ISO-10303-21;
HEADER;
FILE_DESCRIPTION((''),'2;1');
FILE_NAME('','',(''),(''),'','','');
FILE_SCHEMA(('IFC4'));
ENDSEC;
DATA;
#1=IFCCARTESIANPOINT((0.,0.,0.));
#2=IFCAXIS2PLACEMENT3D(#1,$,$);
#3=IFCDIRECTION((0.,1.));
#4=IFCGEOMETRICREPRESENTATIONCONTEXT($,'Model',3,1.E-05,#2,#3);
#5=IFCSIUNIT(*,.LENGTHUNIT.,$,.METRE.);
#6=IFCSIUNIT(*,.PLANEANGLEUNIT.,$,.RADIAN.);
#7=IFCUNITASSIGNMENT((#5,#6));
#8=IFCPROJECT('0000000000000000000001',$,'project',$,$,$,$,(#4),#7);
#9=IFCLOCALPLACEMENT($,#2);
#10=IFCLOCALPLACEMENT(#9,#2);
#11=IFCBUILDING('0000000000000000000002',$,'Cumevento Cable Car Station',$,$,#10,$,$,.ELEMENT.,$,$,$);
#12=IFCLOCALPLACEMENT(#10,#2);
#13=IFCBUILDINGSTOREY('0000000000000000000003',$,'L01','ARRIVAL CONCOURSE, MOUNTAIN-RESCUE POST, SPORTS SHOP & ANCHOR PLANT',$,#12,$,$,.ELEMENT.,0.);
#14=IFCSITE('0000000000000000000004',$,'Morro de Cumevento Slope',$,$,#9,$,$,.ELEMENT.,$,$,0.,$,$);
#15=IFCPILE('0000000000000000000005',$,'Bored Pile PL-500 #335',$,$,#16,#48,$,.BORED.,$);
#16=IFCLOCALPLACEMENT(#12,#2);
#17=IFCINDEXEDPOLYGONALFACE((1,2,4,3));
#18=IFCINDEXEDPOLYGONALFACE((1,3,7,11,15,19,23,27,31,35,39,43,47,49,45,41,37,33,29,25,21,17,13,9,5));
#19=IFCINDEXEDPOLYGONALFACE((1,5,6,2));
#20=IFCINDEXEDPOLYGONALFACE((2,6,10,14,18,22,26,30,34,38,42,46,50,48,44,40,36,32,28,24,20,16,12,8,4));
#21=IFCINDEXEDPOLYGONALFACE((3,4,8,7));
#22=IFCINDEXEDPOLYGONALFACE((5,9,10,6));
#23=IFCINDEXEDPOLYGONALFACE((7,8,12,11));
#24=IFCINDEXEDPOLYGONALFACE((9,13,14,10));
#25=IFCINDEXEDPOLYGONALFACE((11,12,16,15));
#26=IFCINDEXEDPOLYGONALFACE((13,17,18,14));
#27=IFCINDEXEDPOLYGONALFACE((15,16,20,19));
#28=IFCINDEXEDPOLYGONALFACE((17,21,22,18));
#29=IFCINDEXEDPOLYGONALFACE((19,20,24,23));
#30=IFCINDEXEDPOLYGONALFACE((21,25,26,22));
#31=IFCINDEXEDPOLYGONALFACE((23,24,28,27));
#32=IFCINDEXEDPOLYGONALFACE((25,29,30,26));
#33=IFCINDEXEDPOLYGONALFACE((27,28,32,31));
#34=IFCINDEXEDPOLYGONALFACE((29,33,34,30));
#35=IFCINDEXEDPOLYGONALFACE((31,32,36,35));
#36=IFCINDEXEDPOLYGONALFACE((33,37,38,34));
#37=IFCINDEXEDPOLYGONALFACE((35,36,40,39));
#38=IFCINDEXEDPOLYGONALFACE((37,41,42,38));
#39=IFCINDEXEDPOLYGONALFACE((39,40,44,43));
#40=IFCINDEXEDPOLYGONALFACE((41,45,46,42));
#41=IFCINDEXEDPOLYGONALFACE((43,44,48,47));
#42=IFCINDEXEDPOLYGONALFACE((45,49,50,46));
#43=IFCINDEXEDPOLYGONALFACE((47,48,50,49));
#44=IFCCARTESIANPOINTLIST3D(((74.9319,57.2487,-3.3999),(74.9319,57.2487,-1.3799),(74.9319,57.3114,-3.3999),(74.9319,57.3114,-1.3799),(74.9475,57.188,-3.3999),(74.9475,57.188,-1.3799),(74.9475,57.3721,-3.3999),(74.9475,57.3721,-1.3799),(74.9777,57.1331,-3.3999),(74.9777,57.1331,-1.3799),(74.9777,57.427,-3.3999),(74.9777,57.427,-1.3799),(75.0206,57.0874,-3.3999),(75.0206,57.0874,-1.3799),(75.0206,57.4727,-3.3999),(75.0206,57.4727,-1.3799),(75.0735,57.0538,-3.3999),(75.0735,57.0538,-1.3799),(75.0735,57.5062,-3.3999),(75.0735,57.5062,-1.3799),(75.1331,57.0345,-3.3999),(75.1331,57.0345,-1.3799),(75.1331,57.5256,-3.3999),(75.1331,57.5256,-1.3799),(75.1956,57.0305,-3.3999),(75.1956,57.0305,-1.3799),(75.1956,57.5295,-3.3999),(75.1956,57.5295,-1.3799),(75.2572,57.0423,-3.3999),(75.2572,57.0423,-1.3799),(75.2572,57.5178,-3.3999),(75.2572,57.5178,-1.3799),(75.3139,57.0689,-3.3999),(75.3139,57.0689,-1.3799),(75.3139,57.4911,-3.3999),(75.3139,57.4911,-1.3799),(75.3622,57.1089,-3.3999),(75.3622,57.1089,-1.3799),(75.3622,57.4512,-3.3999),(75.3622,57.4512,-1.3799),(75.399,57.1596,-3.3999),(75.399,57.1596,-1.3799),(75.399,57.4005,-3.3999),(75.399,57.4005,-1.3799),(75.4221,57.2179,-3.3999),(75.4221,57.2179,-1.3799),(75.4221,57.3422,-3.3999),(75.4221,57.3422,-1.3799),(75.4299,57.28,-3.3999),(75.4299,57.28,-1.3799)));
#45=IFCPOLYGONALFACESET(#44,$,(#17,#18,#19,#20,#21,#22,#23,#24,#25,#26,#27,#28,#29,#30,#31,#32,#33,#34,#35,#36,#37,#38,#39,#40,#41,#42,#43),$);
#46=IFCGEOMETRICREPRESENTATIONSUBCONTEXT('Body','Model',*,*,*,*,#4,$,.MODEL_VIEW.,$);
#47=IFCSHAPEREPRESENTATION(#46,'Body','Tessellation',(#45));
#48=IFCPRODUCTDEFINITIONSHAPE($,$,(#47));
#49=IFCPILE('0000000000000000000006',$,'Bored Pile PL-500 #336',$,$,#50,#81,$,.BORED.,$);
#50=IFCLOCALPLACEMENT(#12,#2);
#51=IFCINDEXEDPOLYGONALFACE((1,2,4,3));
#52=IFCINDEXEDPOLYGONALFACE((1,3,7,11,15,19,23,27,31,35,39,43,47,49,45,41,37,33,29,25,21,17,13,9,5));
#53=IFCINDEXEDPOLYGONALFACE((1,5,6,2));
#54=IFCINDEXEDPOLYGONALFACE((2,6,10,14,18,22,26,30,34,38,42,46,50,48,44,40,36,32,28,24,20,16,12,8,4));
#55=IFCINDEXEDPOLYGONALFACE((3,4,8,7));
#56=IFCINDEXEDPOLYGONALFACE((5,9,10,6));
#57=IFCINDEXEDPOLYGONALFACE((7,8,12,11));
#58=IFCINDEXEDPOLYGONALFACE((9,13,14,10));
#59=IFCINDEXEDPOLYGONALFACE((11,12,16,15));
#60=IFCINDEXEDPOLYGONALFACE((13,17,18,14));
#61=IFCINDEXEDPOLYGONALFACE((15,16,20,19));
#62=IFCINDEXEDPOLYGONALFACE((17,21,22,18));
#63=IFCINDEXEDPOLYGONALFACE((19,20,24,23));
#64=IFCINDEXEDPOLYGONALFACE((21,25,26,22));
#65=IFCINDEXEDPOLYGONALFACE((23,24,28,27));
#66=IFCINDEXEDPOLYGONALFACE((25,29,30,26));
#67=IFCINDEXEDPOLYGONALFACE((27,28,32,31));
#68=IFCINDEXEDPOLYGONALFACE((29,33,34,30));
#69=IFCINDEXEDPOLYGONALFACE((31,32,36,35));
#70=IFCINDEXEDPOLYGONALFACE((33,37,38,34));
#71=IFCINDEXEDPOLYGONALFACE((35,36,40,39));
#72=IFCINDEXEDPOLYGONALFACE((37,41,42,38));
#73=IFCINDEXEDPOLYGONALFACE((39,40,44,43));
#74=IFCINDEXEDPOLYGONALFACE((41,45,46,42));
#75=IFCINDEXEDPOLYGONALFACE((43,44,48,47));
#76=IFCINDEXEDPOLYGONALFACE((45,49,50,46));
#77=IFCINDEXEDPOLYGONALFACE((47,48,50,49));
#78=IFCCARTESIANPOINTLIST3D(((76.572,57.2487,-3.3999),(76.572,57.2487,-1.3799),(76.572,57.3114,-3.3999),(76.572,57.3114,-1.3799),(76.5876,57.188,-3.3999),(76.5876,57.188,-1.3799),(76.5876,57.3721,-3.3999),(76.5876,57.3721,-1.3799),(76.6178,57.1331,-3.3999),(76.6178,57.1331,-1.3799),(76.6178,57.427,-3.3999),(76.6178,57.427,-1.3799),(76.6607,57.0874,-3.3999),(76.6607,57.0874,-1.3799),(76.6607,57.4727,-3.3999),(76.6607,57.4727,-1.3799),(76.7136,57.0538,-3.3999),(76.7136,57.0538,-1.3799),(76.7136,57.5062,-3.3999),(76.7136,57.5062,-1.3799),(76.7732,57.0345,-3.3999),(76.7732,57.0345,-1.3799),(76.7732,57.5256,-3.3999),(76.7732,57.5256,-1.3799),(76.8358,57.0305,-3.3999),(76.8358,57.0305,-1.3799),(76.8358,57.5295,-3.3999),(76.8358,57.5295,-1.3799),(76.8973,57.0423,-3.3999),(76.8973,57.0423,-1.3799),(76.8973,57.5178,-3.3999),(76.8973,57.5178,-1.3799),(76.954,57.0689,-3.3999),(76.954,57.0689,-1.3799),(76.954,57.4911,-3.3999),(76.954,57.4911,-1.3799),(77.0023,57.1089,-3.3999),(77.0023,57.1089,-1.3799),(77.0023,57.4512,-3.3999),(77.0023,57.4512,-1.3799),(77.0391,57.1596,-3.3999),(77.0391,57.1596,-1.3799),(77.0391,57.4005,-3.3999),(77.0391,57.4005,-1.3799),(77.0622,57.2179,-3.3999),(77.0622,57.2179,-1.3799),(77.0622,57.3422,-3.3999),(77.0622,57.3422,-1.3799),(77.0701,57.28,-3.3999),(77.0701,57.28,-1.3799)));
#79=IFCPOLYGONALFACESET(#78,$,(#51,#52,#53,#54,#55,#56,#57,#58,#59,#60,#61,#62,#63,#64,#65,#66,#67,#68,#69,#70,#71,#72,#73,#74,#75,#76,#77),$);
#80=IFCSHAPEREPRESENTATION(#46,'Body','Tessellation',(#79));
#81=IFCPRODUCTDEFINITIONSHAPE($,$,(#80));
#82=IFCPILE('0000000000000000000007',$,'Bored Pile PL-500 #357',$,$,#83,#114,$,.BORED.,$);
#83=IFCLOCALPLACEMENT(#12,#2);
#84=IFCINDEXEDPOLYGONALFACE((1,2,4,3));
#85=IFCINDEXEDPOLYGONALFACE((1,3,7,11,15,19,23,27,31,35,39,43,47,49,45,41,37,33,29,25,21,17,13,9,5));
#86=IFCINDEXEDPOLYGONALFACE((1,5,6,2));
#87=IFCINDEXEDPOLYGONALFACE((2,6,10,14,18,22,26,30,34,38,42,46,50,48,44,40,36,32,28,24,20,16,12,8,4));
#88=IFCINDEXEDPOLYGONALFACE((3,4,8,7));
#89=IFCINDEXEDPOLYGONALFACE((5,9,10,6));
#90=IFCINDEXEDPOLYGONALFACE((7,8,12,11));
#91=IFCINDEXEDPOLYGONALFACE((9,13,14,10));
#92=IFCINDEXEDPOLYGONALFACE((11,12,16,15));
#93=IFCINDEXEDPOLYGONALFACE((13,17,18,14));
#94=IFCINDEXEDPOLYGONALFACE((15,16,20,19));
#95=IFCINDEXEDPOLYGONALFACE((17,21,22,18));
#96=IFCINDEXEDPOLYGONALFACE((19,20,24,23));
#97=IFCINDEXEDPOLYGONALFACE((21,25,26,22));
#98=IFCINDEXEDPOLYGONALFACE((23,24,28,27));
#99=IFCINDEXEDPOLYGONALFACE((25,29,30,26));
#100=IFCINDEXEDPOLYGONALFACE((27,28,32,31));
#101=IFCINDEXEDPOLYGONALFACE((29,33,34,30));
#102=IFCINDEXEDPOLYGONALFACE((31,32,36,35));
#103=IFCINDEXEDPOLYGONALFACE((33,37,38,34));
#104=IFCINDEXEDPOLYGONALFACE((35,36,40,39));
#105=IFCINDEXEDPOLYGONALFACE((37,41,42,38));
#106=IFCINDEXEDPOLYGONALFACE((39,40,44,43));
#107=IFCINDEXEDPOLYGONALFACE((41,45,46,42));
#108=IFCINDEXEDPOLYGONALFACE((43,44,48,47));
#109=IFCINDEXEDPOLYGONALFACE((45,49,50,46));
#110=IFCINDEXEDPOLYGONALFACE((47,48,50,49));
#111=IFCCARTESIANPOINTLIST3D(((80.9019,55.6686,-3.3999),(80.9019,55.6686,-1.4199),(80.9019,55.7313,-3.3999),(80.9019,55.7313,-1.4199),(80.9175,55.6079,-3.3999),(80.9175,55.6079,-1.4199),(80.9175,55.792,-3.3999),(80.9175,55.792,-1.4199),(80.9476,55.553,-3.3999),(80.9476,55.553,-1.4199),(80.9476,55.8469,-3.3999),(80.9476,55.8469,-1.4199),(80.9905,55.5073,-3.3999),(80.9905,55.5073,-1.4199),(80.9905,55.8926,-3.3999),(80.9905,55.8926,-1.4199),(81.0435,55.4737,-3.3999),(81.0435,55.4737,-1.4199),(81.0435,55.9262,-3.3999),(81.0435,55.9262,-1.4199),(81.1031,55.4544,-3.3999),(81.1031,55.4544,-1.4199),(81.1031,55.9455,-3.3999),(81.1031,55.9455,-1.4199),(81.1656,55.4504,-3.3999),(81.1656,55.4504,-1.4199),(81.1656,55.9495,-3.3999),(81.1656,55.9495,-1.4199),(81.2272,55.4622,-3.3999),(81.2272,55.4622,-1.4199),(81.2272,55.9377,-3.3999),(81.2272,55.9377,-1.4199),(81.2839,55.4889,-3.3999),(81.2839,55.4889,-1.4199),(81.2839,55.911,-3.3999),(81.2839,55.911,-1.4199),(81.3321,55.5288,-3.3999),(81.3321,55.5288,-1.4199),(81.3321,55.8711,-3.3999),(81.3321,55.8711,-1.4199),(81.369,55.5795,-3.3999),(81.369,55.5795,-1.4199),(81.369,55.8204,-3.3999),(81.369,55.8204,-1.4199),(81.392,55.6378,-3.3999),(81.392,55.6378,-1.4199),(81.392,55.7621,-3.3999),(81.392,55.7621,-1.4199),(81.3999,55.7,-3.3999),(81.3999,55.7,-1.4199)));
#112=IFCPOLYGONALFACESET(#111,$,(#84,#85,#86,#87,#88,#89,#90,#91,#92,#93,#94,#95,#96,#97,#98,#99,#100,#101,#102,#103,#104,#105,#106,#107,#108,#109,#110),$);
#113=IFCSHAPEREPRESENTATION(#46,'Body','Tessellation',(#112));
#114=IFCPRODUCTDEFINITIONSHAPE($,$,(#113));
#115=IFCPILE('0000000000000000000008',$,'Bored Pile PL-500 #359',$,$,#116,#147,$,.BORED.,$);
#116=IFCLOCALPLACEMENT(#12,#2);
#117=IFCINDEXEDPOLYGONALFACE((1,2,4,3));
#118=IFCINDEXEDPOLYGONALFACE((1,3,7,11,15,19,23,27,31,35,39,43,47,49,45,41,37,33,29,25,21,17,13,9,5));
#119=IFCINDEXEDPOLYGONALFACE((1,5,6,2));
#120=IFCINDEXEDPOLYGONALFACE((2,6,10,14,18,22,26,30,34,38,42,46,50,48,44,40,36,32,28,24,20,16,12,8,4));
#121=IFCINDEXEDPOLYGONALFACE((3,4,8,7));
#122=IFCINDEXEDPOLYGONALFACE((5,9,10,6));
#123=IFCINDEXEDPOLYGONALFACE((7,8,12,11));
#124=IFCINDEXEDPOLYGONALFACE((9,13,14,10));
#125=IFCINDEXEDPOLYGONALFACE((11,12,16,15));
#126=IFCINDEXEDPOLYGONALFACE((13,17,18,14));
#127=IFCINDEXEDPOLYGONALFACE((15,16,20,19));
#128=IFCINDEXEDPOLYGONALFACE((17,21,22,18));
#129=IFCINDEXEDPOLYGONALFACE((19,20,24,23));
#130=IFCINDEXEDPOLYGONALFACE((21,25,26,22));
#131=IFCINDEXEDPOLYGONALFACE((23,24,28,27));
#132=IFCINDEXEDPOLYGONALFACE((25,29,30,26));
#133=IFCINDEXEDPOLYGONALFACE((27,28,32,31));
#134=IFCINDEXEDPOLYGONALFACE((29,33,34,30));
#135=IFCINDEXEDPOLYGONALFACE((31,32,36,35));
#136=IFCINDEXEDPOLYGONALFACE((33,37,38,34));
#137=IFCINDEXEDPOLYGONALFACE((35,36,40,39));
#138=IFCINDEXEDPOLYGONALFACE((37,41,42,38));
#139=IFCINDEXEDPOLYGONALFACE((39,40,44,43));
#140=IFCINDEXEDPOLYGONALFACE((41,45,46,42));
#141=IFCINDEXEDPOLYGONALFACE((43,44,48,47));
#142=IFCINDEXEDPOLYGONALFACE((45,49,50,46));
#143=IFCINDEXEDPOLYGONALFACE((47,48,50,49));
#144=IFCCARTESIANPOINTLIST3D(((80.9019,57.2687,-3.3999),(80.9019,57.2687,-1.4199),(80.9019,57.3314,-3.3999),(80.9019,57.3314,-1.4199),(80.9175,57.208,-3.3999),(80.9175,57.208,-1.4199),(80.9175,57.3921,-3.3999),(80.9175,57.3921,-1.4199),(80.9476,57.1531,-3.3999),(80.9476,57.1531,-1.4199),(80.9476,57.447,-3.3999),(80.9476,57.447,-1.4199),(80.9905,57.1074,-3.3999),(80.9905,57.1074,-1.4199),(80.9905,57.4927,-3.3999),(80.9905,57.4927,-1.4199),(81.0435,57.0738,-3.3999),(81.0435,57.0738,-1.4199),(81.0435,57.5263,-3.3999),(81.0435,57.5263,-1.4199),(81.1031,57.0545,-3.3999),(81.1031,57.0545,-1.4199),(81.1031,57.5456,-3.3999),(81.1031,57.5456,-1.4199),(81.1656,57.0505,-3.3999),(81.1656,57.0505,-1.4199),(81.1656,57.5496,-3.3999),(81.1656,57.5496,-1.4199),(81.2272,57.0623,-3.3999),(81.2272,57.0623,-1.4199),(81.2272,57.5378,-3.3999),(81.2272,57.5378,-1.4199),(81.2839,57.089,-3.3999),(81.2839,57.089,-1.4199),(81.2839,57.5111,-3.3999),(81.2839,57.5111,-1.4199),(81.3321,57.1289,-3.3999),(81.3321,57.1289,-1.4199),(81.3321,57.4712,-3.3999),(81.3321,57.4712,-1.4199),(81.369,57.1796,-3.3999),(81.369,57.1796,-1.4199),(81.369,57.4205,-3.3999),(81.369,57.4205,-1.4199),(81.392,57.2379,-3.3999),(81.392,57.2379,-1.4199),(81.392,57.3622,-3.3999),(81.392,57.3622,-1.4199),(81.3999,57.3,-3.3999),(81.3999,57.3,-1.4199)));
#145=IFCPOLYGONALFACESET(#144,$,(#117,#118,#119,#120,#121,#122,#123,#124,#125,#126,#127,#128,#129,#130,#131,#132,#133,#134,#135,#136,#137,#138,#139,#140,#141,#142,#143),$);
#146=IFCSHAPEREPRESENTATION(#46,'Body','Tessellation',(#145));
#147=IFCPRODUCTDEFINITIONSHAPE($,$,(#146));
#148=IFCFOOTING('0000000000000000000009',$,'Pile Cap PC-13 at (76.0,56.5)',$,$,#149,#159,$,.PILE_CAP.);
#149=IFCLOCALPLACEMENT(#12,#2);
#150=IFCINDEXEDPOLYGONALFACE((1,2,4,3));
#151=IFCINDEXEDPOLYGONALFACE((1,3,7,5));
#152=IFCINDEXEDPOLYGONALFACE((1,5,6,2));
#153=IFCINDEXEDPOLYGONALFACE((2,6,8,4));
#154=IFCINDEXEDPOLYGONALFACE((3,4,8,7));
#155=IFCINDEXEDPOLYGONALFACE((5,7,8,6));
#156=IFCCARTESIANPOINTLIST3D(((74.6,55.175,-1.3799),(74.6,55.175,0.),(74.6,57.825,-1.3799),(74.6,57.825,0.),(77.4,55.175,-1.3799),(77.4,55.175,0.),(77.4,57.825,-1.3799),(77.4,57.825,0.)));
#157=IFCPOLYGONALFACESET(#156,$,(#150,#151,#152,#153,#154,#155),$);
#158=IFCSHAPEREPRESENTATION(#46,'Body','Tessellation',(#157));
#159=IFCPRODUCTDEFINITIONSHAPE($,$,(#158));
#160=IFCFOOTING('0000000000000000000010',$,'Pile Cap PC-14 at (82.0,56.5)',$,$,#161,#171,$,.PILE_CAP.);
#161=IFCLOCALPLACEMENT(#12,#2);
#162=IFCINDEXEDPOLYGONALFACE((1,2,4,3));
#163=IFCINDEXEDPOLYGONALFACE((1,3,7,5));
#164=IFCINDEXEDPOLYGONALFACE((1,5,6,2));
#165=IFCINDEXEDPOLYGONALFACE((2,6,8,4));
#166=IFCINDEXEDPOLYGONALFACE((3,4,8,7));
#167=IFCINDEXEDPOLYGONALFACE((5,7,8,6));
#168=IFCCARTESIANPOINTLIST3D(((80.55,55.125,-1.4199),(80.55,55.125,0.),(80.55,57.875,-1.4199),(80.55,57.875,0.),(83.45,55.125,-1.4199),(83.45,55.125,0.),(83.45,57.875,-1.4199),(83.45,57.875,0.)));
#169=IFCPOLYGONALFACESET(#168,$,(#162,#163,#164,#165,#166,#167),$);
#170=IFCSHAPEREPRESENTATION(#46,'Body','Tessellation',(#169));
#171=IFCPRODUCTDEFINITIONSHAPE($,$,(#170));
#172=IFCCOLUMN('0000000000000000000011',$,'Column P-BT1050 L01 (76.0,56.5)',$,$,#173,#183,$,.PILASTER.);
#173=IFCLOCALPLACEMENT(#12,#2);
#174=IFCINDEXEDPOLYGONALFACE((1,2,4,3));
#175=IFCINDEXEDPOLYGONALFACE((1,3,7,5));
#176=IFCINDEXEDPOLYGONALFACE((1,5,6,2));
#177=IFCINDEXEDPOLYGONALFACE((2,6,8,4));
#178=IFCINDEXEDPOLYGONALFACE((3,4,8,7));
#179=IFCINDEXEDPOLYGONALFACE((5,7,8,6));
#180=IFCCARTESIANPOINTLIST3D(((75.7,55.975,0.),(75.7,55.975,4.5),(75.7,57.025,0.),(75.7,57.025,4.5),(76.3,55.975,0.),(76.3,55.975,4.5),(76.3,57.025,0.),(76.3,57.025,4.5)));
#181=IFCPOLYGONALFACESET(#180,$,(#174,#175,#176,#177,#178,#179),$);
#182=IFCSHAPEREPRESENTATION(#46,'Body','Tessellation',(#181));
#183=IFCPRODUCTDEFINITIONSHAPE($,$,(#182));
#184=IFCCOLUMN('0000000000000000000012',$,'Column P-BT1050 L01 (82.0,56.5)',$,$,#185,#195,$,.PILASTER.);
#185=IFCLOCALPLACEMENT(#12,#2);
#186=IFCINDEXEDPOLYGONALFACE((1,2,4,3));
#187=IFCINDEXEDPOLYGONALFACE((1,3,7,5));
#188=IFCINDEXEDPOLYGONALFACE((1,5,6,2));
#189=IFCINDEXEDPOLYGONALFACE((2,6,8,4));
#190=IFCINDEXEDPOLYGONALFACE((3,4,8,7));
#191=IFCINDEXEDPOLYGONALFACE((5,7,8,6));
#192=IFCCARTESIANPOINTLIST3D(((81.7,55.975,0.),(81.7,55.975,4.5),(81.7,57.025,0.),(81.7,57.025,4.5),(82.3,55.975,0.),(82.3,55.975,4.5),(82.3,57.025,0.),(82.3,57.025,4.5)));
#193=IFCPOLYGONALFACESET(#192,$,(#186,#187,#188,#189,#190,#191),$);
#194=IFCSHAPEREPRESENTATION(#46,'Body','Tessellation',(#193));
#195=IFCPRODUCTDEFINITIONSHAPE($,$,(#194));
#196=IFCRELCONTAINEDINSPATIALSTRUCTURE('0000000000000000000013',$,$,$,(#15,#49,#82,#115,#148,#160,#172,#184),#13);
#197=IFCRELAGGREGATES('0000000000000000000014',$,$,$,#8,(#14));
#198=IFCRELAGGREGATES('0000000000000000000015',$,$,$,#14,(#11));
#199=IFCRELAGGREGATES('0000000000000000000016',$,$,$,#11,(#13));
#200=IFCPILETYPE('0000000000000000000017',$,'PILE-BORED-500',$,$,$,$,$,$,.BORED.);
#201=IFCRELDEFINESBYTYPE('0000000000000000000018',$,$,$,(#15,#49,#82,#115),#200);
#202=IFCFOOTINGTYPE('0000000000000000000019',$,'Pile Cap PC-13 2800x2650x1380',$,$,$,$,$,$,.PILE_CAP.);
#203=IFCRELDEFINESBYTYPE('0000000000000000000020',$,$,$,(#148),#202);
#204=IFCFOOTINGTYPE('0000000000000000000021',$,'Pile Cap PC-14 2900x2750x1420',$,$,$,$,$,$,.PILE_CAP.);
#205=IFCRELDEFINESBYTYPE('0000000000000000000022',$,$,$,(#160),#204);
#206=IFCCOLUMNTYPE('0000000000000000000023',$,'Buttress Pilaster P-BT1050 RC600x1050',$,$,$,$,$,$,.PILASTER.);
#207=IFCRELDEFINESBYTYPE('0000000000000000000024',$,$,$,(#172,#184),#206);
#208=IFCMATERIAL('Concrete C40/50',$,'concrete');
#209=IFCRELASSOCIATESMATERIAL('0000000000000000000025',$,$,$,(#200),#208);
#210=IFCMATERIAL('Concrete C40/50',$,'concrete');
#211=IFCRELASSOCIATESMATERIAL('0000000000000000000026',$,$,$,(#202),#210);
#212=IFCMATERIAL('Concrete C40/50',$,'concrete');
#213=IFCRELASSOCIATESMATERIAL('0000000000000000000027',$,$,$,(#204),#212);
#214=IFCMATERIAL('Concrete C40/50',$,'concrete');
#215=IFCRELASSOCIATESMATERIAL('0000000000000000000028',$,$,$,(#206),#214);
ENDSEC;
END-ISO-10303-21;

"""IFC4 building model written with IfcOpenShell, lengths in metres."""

from ifc_helpers import new_model, si_unit, direction, frame, origin, origin_2d, place, context, subcontext, project, spatial, rectangle, circle, extrude, material, material_profile, profile_set, type_object, element, save


model = new_model("IFC4")

# Units and contexts
model_context = context("Model", 3, precision=1e-05, world=origin(), true_north=direction((0.0, 1.0)))
body_context = subcontext(model_context, "Body", "Model", "MODEL_VIEW")
ifc_project = project(units=[si_unit("LENGTHUNIT", "METRE"), si_unit("PLANEANGLEUNIT", "RADIAN")], contexts=[model_context])

# Site, building, storey
site_placement = place(None, origin())
site = spatial("IfcSite", under=ifc_project, at=site_placement, Name="Morro de Cumevento Slope", CompositionType="ELEMENT", RefElevation=0.0)
building_placement = place(site_placement, origin())
building = spatial("IfcBuilding", under=site, at=building_placement, Name="Cumevento Cable Car Station", CompositionType="ELEMENT")
storey_placement = place(building_placement, origin())
storey = spatial("IfcBuildingStorey", under=building, at=storey_placement, Name="L01", Description="ARRIVAL CONCOURSE, MOUNTAIN-RESCUE POST, SPORTS SHOP & ANCHOR PLANT", CompositionType="ELEMENT", Elevation=0.0)

# Piles
ifc_material_1 = material(Name="Concrete C40/50", Category="concrete")
ifc_material_profile_1 = material_profile(ifc_material_1, circle(Radius=0.25, at=origin_2d()), Name="PILE-D500")
ifc_profile_set_1 = profile_set([ifc_material_profile_1], Name="Concrete C40/50")
pile_type = type_object("IfcPileType", Name="PILE-BORED-500", PredefinedType="BORED", material=ifc_profile_set_1)
for number, where, z_axis, x_axis, name in (
    (1, (75.1799, 57.28, -1.3799), (0.0, 0.0, -1.0), (1.0, 0.0, 0.0), "Bored Pile PL-500 #335"),
    (2, (76.8201, 57.28, -1.3799), (0.0, 0.0, -1.0), (1.0, 0.0, 0.0), "Bored Pile PL-500 #336"),
):
    element("IfcPile", number, at=place(storey_placement, frame(where, z_axis=z_axis, x_axis=x_axis)), inside=storey, type_object=pile_type, Name=name, PredefinedType="BORED", context=body_context, shape_type="SweptSolid", body=[
        extrude(circle(Radius=0.25, at=origin_2d()), origin(), (0.0, 0.0, 1.0), 2.02),
    ])
for number, where, z_axis, x_axis, name in (
    (3, (81.1499, 55.7, -1.4199), (0.0, 0.0, -1.0), (1.0, 0.0, 0.0), "Bored Pile PL-500 #357"),
    (4, (81.1499, 57.3, -1.4199), (0.0, 0.0, -1.0), (1.0, 0.0, 0.0), "Bored Pile PL-500 #359"),
):
    element("IfcPile", number, at=place(storey_placement, frame(where, z_axis=z_axis, x_axis=x_axis)), inside=storey, type_object=pile_type, Name=name, PredefinedType="BORED", context=body_context, shape_type="SweptSolid", body=[
        extrude(circle(Radius=0.25, at=origin_2d()), origin(), (0.0, 0.0, 1.0), 1.98),
    ])

# Footings
ifc_material_2 = material(Name="Concrete C40/50", Category="concrete")
footing_type_1 = type_object("IfcFootingType", Name="Pile Cap PC-13 2800x2650x1380", PredefinedType="PILE_CAP", material=ifc_material_2)
footing_1_placement = place(storey_placement, frame((76.0, 56.5, -1.3799), z_axis=(0.0, 0.0, 1.0), x_axis=(1.0, 0.0, 0.0)))
element("IfcFooting", 5, at=footing_1_placement, inside=storey, type_object=footing_type_1, Name="Pile Cap PC-13 at (76.0,56.5)", PredefinedType="PILE_CAP", context=body_context, shape_type="SweptSolid", body=[
    extrude(rectangle(XDim=2.8, YDim=2.6499, at=origin_2d()), origin(), (0.0, 0.0, 1.0), 1.3799),
])
ifc_material_3 = material(Name="Concrete C40/50", Category="concrete")
footing_type_2 = type_object("IfcFootingType", Name="Pile Cap PC-14 2900x2750x1420", PredefinedType="PILE_CAP", material=ifc_material_3)
footing_2_placement = place(storey_placement, frame((82.0, 56.5, -1.4199), z_axis=(0.0, 0.0, 1.0), x_axis=(1.0, 0.0, 0.0)))
element("IfcFooting", 6, at=footing_2_placement, inside=storey, type_object=footing_type_2, Name="Pile Cap PC-14 at (82.0,56.5)", PredefinedType="PILE_CAP", context=body_context, shape_type="SweptSolid", body=[
    extrude(rectangle(XDim=2.8999, YDim=2.75, at=origin_2d()), origin(), (0.0, 0.0, 1.0), 1.4199),
])

# Columns
ifc_material_4 = material(Name="Concrete C40/50", Category="concrete")
ifc_material_profile_2 = material_profile(ifc_material_4, rectangle(XDim=0.6001, YDim=1.05, at=origin_2d()), Name="RC600x1050")
ifc_profile_set_2 = profile_set([ifc_material_profile_2], Name="Concrete C40/50")
column_type = type_object("IfcColumnType", Name="Buttress Pilaster P-BT1050 RC600x1050", PredefinedType="PILASTER", material=ifc_profile_set_2)
for number, where, z_axis, x_axis, name in (
    (7, (76.0, 56.5, 0.0), (0.0, 0.0, 1.0), (1.0, 0.0, 0.0), "Column P-BT1050 L01 (76.0,56.5)"),
    (8, (82.0, 56.5, 0.0), (0.0, 0.0, 1.0), (1.0, 0.0, 0.0), "Column P-BT1050 L01 (82.0,56.5)"),
):
    element("IfcColumn", number, at=place(storey_placement, frame(where, z_axis=z_axis, x_axis=x_axis)), inside=storey, type_object=column_type, Name=name, PredefinedType="PILASTER", context=body_context, shape_type="SweptSolid", body=[
        extrude(rectangle(XDim=0.6001, YDim=1.05, at=origin_2d()), origin(), (0.0, 0.0, 1.0), 4.5),
    ])

save(model, "model.ifc")
